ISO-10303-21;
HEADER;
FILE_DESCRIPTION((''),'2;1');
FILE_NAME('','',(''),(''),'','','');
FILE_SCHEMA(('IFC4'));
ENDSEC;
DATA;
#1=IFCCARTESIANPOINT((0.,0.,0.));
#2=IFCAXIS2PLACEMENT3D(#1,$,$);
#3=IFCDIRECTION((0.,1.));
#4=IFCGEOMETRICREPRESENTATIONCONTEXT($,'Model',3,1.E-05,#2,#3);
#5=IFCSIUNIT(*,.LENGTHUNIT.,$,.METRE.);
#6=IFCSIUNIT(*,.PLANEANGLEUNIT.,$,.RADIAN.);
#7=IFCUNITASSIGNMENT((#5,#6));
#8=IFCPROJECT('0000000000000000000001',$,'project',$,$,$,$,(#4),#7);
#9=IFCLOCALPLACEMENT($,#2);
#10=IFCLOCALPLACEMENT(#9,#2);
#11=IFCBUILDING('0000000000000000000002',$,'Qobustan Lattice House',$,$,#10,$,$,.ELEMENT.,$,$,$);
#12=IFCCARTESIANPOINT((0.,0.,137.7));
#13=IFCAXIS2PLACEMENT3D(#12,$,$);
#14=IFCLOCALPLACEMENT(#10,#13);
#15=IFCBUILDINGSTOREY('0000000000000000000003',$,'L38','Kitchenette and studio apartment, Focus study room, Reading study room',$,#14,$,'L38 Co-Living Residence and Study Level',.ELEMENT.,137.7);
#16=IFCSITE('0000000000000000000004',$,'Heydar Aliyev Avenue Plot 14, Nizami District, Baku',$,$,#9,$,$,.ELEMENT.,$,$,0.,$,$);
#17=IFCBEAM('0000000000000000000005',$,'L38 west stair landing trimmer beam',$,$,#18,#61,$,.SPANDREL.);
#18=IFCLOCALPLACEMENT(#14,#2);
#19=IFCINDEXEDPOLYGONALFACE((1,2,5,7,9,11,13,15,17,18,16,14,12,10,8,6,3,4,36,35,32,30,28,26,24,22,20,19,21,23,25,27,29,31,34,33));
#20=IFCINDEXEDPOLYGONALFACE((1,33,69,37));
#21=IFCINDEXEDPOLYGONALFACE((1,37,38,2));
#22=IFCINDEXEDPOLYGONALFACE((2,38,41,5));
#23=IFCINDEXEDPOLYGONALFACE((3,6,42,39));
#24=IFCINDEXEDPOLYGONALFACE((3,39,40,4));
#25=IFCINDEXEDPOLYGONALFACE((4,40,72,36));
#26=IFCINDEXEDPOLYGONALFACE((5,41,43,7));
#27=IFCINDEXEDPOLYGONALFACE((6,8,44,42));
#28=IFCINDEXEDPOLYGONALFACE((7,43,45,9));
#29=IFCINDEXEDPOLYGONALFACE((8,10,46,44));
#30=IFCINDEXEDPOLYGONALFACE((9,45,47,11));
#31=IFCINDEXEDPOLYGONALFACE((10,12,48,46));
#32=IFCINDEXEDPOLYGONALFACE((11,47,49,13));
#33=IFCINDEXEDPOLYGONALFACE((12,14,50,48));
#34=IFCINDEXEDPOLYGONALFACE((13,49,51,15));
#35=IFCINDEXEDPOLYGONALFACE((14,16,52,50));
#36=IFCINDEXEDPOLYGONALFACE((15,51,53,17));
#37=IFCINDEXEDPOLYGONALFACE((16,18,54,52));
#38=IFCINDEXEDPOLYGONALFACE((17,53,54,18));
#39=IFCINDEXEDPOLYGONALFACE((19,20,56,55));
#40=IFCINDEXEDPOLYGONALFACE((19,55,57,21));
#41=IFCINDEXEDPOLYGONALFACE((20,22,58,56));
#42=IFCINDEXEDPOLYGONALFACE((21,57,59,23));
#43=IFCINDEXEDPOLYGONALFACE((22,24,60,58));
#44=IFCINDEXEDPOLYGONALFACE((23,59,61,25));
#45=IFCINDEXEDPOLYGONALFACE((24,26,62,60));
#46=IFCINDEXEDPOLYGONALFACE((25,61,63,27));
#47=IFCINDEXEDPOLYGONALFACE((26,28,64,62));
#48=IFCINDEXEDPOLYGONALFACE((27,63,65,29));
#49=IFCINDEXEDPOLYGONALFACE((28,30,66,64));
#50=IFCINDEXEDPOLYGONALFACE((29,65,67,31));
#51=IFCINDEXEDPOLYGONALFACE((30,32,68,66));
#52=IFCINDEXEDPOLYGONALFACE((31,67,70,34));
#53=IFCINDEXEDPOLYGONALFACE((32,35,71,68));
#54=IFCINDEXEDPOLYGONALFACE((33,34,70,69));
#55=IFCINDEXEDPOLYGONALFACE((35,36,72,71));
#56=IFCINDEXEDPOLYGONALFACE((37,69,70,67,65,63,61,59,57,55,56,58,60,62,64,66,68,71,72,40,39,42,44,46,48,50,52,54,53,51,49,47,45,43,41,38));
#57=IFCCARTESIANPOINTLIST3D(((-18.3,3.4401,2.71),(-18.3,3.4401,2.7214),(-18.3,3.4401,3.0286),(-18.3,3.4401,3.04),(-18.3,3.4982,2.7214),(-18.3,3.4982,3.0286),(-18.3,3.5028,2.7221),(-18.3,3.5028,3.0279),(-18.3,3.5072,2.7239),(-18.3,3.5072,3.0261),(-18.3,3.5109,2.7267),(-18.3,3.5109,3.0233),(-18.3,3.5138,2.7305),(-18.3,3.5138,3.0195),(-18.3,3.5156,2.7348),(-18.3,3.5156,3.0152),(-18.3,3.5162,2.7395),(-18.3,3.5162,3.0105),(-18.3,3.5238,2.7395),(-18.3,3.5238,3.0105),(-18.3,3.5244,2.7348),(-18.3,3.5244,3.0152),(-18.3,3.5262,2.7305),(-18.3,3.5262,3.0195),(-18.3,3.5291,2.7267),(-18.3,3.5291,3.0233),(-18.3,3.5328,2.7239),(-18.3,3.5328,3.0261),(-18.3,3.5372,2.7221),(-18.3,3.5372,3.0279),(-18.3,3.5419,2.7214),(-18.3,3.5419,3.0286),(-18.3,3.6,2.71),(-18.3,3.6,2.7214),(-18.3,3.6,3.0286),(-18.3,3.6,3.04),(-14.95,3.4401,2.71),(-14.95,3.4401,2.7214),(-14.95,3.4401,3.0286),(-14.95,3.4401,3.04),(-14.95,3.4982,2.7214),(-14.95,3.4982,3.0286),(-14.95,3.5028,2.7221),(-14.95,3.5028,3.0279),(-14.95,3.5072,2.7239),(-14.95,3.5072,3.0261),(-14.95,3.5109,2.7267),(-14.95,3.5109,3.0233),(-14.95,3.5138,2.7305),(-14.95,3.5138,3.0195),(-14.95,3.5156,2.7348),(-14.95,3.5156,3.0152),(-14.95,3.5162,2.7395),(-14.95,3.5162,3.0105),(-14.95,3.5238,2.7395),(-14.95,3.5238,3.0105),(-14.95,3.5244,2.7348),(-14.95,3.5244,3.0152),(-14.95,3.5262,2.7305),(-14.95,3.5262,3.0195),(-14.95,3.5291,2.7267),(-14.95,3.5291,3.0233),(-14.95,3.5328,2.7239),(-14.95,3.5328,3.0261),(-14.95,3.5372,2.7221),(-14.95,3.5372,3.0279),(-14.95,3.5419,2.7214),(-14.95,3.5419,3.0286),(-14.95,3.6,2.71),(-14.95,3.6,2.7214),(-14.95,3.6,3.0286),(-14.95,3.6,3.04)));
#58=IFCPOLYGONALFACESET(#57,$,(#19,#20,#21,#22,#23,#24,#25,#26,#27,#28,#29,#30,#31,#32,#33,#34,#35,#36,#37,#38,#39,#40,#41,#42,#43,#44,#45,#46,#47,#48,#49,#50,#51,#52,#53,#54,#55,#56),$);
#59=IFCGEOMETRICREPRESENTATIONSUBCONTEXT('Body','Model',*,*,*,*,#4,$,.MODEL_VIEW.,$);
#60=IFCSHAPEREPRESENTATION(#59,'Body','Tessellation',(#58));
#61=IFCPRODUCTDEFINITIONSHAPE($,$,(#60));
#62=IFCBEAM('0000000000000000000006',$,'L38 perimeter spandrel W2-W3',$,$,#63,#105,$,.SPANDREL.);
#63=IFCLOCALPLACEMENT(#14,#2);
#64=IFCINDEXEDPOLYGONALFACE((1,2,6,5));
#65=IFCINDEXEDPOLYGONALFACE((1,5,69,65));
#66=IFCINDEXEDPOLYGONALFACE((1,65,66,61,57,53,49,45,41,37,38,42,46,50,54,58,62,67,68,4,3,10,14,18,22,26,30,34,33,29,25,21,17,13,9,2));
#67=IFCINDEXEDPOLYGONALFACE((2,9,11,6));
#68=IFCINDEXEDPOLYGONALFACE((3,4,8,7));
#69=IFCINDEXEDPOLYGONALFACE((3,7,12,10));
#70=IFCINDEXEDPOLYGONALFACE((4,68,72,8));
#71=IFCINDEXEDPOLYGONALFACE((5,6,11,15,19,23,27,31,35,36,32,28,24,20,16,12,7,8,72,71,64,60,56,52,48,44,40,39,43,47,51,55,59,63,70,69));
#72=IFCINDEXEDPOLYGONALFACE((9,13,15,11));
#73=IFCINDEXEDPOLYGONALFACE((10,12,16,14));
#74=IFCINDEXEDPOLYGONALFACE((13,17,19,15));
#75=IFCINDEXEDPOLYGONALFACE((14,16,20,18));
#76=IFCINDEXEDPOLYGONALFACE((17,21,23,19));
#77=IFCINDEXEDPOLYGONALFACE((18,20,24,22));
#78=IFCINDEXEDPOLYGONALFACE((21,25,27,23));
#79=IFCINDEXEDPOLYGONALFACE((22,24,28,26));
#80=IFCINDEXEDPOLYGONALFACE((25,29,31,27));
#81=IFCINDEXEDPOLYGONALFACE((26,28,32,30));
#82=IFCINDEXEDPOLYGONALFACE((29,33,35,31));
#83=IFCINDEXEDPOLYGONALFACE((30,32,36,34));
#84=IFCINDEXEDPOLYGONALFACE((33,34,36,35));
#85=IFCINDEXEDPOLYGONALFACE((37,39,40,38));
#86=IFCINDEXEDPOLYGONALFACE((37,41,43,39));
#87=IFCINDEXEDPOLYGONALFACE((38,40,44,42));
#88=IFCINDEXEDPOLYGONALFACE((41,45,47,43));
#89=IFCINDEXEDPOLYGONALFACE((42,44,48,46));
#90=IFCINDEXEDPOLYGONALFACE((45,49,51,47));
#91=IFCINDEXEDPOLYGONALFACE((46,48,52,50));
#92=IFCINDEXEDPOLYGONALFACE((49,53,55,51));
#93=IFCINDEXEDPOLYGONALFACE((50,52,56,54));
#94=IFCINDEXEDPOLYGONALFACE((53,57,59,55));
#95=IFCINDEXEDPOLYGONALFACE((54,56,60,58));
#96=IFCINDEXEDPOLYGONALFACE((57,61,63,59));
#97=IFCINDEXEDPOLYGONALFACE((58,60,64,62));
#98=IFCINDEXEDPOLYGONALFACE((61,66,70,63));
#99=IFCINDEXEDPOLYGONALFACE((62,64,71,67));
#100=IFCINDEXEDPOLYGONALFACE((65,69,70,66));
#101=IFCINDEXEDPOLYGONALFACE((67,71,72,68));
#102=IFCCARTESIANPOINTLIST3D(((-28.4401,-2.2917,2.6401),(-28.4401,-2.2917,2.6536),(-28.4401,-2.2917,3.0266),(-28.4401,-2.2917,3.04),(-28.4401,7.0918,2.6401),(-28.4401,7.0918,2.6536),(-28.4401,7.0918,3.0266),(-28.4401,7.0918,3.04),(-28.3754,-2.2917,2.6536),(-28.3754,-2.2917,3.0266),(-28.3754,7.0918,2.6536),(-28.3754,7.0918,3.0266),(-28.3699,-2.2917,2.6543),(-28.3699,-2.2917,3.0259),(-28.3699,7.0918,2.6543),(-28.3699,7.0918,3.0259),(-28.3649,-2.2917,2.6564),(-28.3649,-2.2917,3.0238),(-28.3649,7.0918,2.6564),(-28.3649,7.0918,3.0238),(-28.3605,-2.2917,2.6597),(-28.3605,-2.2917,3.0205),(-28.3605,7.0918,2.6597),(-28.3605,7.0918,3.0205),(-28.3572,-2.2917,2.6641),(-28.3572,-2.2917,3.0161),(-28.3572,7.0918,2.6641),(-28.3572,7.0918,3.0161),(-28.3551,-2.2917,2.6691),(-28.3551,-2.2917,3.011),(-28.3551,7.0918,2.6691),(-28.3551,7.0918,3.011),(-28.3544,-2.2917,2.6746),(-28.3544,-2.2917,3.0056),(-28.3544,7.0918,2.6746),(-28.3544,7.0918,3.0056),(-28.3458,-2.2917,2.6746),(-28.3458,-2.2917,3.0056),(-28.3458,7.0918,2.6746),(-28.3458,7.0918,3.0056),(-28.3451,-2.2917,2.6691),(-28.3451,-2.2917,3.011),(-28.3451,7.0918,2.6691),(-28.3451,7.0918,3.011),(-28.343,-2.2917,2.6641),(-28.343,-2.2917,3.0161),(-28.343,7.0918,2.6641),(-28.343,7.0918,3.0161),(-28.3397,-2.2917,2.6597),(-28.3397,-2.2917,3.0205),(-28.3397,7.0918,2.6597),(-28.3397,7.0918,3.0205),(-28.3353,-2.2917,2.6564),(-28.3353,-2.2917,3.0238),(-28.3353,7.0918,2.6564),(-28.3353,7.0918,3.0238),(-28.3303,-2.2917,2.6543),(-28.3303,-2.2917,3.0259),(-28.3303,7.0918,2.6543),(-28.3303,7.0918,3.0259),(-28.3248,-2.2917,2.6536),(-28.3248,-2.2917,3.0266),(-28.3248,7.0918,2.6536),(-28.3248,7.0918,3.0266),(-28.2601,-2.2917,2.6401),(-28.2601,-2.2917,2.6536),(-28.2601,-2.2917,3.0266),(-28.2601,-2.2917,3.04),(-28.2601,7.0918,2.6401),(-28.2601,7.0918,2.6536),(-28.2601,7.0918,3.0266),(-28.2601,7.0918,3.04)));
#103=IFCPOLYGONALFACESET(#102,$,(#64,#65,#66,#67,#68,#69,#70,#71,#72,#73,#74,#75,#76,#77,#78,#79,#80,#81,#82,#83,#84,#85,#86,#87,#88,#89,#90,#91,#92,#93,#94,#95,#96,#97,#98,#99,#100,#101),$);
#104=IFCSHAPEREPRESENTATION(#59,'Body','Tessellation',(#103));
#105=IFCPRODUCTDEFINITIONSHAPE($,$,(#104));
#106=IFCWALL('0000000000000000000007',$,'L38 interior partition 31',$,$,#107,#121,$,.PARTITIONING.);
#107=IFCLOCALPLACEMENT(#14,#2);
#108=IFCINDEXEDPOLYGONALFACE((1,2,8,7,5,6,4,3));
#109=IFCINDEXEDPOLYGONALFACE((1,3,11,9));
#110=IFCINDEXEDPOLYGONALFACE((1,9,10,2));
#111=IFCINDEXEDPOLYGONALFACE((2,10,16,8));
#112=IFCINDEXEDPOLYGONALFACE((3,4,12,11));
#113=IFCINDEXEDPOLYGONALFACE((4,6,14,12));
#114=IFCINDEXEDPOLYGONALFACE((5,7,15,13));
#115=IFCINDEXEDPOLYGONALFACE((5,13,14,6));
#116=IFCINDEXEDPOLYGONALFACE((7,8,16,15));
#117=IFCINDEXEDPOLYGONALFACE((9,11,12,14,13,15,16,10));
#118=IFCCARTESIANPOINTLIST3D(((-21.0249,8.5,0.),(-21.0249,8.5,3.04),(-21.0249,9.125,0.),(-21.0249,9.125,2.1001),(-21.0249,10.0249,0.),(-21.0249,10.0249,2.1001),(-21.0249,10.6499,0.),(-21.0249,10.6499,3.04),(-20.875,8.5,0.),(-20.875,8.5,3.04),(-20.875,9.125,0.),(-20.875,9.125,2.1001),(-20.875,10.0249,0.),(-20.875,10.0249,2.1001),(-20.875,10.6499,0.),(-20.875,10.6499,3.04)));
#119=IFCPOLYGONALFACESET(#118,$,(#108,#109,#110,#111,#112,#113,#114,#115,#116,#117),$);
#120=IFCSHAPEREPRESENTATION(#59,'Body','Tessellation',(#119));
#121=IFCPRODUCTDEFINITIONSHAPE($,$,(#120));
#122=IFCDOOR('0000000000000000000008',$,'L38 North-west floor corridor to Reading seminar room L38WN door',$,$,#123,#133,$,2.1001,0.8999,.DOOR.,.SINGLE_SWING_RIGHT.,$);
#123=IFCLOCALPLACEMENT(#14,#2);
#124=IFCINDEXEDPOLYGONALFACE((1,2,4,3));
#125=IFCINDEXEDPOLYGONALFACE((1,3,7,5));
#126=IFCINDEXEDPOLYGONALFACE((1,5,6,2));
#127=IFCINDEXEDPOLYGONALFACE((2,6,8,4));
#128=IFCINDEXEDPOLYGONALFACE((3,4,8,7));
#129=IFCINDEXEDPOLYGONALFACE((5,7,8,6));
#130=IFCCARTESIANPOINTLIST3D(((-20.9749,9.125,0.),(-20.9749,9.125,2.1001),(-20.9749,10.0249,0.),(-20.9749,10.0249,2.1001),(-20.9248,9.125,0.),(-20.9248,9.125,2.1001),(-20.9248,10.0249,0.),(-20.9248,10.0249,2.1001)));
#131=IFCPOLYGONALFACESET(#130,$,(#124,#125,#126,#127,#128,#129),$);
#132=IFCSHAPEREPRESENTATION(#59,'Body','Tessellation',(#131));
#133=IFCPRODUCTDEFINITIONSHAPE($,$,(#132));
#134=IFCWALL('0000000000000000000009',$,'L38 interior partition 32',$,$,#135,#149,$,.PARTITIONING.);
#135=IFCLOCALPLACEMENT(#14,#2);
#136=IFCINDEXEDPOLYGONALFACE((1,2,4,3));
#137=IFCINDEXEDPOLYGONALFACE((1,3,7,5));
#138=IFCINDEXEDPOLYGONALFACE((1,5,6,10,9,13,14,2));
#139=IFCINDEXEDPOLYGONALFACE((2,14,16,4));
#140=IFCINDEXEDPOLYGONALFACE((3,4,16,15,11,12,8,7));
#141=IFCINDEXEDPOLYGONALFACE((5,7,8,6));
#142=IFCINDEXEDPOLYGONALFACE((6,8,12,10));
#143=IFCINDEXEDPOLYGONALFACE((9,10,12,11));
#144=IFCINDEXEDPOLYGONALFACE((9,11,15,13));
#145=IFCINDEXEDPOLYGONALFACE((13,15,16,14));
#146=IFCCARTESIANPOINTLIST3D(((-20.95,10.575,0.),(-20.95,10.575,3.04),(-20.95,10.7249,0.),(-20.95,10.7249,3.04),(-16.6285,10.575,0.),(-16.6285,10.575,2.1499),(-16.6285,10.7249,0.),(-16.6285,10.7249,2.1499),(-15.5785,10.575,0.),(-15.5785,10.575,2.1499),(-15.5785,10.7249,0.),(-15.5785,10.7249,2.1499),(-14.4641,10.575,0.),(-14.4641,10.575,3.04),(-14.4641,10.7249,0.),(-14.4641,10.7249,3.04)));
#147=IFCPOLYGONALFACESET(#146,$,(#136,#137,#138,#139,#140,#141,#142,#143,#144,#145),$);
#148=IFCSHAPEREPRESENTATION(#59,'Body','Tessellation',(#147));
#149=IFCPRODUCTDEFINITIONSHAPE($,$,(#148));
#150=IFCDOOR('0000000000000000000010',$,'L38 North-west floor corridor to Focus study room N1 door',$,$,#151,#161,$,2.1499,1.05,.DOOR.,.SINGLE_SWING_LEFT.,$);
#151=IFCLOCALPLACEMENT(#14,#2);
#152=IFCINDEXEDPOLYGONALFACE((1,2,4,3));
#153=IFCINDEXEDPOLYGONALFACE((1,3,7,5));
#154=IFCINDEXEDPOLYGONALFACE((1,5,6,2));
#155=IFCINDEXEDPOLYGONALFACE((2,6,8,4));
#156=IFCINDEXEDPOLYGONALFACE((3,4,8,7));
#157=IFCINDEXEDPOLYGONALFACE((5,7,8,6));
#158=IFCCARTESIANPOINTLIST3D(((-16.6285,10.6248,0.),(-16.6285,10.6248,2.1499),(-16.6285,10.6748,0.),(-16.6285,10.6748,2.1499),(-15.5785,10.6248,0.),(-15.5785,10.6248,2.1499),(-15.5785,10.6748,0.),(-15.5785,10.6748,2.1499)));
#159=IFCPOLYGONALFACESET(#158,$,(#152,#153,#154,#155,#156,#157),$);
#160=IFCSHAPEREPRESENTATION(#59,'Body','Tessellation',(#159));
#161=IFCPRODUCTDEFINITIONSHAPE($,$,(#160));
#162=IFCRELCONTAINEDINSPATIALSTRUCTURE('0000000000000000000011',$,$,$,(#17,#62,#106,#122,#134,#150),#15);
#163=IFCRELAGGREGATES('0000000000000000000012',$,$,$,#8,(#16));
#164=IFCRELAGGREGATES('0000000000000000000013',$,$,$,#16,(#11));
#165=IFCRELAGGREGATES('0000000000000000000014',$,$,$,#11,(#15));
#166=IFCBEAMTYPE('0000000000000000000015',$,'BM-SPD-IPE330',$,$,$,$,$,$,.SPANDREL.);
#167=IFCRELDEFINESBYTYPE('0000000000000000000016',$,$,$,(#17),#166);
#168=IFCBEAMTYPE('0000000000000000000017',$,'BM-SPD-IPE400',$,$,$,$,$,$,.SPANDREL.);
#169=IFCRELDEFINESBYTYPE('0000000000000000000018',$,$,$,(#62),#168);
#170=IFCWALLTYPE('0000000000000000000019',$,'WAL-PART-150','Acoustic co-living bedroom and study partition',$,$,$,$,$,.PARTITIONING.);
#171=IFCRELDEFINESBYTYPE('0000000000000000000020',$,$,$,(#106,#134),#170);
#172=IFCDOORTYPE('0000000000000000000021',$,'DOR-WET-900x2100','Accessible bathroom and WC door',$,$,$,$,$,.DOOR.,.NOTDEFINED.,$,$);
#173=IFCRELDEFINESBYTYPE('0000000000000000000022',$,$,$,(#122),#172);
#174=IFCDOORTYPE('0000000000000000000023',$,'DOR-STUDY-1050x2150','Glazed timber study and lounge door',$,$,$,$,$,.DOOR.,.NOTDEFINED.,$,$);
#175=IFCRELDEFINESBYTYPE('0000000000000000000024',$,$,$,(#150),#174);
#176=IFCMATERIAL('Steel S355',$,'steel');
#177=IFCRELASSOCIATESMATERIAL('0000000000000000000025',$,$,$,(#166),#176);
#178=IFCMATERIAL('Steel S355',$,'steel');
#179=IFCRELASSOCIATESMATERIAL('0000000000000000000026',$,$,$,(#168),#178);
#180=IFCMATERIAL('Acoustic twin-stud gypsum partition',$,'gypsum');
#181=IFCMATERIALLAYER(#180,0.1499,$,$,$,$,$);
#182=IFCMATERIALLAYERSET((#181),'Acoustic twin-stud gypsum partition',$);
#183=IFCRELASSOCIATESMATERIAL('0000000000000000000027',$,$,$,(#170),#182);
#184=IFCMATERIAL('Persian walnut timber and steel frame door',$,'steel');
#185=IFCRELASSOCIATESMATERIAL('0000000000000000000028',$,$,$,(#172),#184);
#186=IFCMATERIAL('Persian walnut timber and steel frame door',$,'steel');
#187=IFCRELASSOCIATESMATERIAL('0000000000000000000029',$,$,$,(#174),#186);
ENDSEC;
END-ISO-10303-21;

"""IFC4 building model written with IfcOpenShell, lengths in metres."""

from ifc_helpers import new_model, si_unit, direction, frame, frame_2d, origin, origin_2d, place, context, subcontext, project, spatial, rectangle, i_section, extrude, material, layer, layer_set, material_profile, profile_set, type_object, element, fill, save


model = new_model("IFC4")

# Units and contexts
model_context = context("Model", 3, precision=1e-05, world=origin(), true_north=direction((0.0, 1.0)))
body_context = subcontext(model_context, "Body", "Model", "MODEL_VIEW")
ifc_project = project(units=[si_unit("LENGTHUNIT", "METRE"), si_unit("PLANEANGLEUNIT", "RADIAN")], contexts=[model_context])

# Site, building, storey
site_placement = place(None, origin())
site = spatial("IfcSite", under=ifc_project, at=site_placement, Name="Heydar Aliyev Avenue Plot 14, Nizami District, Baku", CompositionType="ELEMENT", RefElevation=0.0)
building_placement = place(site_placement, origin())
building = spatial("IfcBuilding", under=site, at=building_placement, Name="Qobustan Lattice House", CompositionType="ELEMENT")
storey_placement = place(building_placement, frame((0.0, 0.0, 137.7)))
storey = spatial("IfcBuildingStorey", under=building, at=storey_placement, Name="L38", Description="Kitchenette and studio apartment, Focus study room, Reading study room", LongName="L38 Co-Living Residence and Study Level", CompositionType="ELEMENT", Elevation=137.7)

# Beams
ifc_material_1 = material(Name="Steel S355", Category="steel")
ifc_material_profile_1 = material_profile(ifc_material_1, i_section(OverallWidth=0.1599, OverallDepth=0.3301, WebThickness=0.0076, FlangeThickness=0.0115, FilletRadius=0.0181, at=origin_2d()), Name="IPE330")
ifc_profile_set_1 = profile_set([ifc_material_profile_1], Name="Steel S355")
beam_type_1 = type_object("IfcBeamType", Name="BM-SPD-IPE330", PredefinedType="SPANDREL", material=ifc_profile_set_1)
beam_1_placement = place(storey_placement, frame((-18.3, 3.52, 2.875), z_axis=(1.0, 0.0, 0.0), x_axis=(0.0, 1.0, 0.0)))
element("IfcBeam", 1, at=beam_1_placement, inside=storey, type_object=beam_type_1, Name="L38 west stair landing trimmer beam", PredefinedType="SPANDREL", context=body_context, shape_type="SweptSolid", body=[
    extrude(i_section(OverallWidth=0.1599, OverallDepth=0.3301, WebThickness=0.0076, FlangeThickness=0.0115, FilletRadius=0.0181, at=origin_2d()), origin(), (0.0, 0.0, 1.0), 3.3501),
])
ifc_material_2 = material(Name="Steel S355", Category="steel")
ifc_material_profile_2 = material_profile(ifc_material_2, i_section(OverallWidth=0.1799, OverallDepth=0.3999, WebThickness=0.0085, FlangeThickness=0.0134, FilletRadius=0.021, at=origin_2d()), Name="IPE400")
ifc_profile_set_2 = profile_set([ifc_material_profile_2], Name="Steel S355")
beam_type_2 = type_object("IfcBeamType", Name="BM-SPD-IPE400", PredefinedType="SPANDREL", material=ifc_profile_set_2)
beam_2_placement = place(storey_placement, frame((-28.3501, 7.0918, 2.8401), z_axis=(0.0, -1.0, 0.0), x_axis=(1.0, 0.0, 0.0)))
element("IfcBeam", 2, at=beam_2_placement, inside=storey, type_object=beam_type_2, Name="L38 perimeter spandrel W2-W3", PredefinedType="SPANDREL", context=body_context, shape_type="SweptSolid", body=[
    extrude(i_section(OverallWidth=0.1799, OverallDepth=0.3999, WebThickness=0.0085, FlangeThickness=0.0134, FilletRadius=0.021, at=origin_2d()), origin(), (0.0, 0.0, 1.0), 9.3835),
])

# Walls, openings, doors
ifc_material_3 = material(Name="Acoustic twin-stud gypsum partition", Category="gypsum")
ifc_layer_1 = layer(ifc_material_3, 0.1499)
ifc_layer_set_1 = layer_set([ifc_layer_1], Name="Acoustic twin-stud gypsum partition")
wall_type_1 = type_object("IfcWallType", Name="WAL-PART-150", Description="Acoustic co-living bedroom and study partition", PredefinedType="PARTITIONING", material=ifc_layer_set_1)
wall_1_placement = place(storey_placement, frame((-20.95, 8.5, 0.0), z_axis=(0.0, 0.0, 1.0), x_axis=(0.0, 1.0, 0.0)))
wall_1 = element("IfcWall", 3, at=wall_1_placement, inside=storey, type_object=wall_type_1, Name="L38 interior partition 31", PredefinedType="PARTITIONING", context=body_context, shape_type="SweptSolid", body=[
    extrude(rectangle(XDim=2.1499, YDim=0.1499, at=frame_2d((1.075, 0.0))), origin(), (0.0, 0.0, 1.0), 3.04),
])
opening_1_placement = place(wall_1_placement, frame((0.625, 0.0, 0.0)))
opening_1 = element("IfcOpeningElement", 4, at=opening_1_placement, cuts=wall_1, PredefinedType="OPENING", context=body_context, shape_type="SweptSolid", body=[
    extrude(rectangle(XDim=0.8999, YDim=2.1001, at=frame_2d((0.45, 1.05))), frame((0.0, 0.085, 0.0), z_axis=(0.0, -1.0, 0.0), x_axis=(1.0, 0.0, 0.0)), (0.0, 0.0, 1.0), 0.1699),
])
ifc_material_4 = material(Name="Persian walnut timber and steel frame door", Category="steel")
door_type_1 = type_object("IfcDoorType", Name="DOR-WET-900x2100", Description="Accessible bathroom and WC door", OperationType="NOTDEFINED", PredefinedType="DOOR", material=ifc_material_4)
door_1_placement = place(opening_1_placement, origin())
door_1 = element("IfcDoor", 5, at=door_1_placement, inside=storey, type_object=door_type_1, Name="L38 North-west floor corridor to Reading seminar room L38WN door", OperationType="SINGLE_SWING_RIGHT", OverallHeight=2.1001, OverallWidth=0.8999, PredefinedType="DOOR", context=body_context, shape_type="SweptSolid", body=[
    extrude(rectangle(XDim=0.8999, YDim=2.1001, at=frame_2d((0.45, 1.05))), frame((0.0, 0.0249, 0.0), z_axis=(0.0, -1.0, 0.0), x_axis=(1.0, 0.0, 0.0)), (0.0, 0.0, 1.0), 0.05),
])
fill(opening_1, door_1)
wall_2_placement = place(storey_placement, frame((-20.95, 10.6499, 0.0), z_axis=(0.0, 0.0, 1.0), x_axis=(1.0, 0.0, 0.0)))
wall_2 = element("IfcWall", 6, at=wall_2_placement, inside=storey, type_object=wall_type_1, Name="L38 interior partition 32", PredefinedType="PARTITIONING", context=body_context, shape_type="SweptSolid", body=[
    extrude(rectangle(XDim=6.4858, YDim=0.1499, at=frame_2d((3.2429, 0.0))), origin(), (0.0, 0.0, 1.0), 3.04),
])
opening_2_placement = place(wall_2_placement, frame((4.3215, 0.0, 0.0)))
opening_2 = element("IfcOpeningElement", 7, at=opening_2_placement, cuts=wall_2, PredefinedType="OPENING", context=body_context, shape_type="SweptSolid", body=[
    extrude(rectangle(XDim=1.05, YDim=2.1499, at=frame_2d((0.5249, 1.075))), frame((0.0, 0.085, 0.0), z_axis=(0.0, -1.0, 0.0), x_axis=(1.0, 0.0, 0.0)), (0.0, 0.0, 1.0), 0.1699),
])
ifc_material_5 = material(Name="Persian walnut timber and steel frame door", Category="steel")
door_type_2 = type_object("IfcDoorType", Name="DOR-STUDY-1050x2150", Description="Glazed timber study and lounge door", OperationType="NOTDEFINED", PredefinedType="DOOR", material=ifc_material_5)
door_2_placement = place(opening_2_placement, origin())
door_2 = element("IfcDoor", 8, at=door_2_placement, inside=storey, type_object=door_type_2, Name="L38 North-west floor corridor to Focus study room N1 door", OperationType="SINGLE_SWING_LEFT", OverallHeight=2.1499, OverallWidth=1.05, PredefinedType="DOOR", context=body_context, shape_type="SweptSolid", body=[
    extrude(rectangle(XDim=1.05, YDim=2.1499, at=frame_2d((0.5249, 1.075))), frame((0.0, 0.0249, 0.0), z_axis=(0.0, -1.0, 0.0), x_axis=(1.0, 0.0, 0.0)), (0.0, 0.0, 1.0), 0.05),
])
fill(opening_2, door_2)

save(model, "model.ifc")
